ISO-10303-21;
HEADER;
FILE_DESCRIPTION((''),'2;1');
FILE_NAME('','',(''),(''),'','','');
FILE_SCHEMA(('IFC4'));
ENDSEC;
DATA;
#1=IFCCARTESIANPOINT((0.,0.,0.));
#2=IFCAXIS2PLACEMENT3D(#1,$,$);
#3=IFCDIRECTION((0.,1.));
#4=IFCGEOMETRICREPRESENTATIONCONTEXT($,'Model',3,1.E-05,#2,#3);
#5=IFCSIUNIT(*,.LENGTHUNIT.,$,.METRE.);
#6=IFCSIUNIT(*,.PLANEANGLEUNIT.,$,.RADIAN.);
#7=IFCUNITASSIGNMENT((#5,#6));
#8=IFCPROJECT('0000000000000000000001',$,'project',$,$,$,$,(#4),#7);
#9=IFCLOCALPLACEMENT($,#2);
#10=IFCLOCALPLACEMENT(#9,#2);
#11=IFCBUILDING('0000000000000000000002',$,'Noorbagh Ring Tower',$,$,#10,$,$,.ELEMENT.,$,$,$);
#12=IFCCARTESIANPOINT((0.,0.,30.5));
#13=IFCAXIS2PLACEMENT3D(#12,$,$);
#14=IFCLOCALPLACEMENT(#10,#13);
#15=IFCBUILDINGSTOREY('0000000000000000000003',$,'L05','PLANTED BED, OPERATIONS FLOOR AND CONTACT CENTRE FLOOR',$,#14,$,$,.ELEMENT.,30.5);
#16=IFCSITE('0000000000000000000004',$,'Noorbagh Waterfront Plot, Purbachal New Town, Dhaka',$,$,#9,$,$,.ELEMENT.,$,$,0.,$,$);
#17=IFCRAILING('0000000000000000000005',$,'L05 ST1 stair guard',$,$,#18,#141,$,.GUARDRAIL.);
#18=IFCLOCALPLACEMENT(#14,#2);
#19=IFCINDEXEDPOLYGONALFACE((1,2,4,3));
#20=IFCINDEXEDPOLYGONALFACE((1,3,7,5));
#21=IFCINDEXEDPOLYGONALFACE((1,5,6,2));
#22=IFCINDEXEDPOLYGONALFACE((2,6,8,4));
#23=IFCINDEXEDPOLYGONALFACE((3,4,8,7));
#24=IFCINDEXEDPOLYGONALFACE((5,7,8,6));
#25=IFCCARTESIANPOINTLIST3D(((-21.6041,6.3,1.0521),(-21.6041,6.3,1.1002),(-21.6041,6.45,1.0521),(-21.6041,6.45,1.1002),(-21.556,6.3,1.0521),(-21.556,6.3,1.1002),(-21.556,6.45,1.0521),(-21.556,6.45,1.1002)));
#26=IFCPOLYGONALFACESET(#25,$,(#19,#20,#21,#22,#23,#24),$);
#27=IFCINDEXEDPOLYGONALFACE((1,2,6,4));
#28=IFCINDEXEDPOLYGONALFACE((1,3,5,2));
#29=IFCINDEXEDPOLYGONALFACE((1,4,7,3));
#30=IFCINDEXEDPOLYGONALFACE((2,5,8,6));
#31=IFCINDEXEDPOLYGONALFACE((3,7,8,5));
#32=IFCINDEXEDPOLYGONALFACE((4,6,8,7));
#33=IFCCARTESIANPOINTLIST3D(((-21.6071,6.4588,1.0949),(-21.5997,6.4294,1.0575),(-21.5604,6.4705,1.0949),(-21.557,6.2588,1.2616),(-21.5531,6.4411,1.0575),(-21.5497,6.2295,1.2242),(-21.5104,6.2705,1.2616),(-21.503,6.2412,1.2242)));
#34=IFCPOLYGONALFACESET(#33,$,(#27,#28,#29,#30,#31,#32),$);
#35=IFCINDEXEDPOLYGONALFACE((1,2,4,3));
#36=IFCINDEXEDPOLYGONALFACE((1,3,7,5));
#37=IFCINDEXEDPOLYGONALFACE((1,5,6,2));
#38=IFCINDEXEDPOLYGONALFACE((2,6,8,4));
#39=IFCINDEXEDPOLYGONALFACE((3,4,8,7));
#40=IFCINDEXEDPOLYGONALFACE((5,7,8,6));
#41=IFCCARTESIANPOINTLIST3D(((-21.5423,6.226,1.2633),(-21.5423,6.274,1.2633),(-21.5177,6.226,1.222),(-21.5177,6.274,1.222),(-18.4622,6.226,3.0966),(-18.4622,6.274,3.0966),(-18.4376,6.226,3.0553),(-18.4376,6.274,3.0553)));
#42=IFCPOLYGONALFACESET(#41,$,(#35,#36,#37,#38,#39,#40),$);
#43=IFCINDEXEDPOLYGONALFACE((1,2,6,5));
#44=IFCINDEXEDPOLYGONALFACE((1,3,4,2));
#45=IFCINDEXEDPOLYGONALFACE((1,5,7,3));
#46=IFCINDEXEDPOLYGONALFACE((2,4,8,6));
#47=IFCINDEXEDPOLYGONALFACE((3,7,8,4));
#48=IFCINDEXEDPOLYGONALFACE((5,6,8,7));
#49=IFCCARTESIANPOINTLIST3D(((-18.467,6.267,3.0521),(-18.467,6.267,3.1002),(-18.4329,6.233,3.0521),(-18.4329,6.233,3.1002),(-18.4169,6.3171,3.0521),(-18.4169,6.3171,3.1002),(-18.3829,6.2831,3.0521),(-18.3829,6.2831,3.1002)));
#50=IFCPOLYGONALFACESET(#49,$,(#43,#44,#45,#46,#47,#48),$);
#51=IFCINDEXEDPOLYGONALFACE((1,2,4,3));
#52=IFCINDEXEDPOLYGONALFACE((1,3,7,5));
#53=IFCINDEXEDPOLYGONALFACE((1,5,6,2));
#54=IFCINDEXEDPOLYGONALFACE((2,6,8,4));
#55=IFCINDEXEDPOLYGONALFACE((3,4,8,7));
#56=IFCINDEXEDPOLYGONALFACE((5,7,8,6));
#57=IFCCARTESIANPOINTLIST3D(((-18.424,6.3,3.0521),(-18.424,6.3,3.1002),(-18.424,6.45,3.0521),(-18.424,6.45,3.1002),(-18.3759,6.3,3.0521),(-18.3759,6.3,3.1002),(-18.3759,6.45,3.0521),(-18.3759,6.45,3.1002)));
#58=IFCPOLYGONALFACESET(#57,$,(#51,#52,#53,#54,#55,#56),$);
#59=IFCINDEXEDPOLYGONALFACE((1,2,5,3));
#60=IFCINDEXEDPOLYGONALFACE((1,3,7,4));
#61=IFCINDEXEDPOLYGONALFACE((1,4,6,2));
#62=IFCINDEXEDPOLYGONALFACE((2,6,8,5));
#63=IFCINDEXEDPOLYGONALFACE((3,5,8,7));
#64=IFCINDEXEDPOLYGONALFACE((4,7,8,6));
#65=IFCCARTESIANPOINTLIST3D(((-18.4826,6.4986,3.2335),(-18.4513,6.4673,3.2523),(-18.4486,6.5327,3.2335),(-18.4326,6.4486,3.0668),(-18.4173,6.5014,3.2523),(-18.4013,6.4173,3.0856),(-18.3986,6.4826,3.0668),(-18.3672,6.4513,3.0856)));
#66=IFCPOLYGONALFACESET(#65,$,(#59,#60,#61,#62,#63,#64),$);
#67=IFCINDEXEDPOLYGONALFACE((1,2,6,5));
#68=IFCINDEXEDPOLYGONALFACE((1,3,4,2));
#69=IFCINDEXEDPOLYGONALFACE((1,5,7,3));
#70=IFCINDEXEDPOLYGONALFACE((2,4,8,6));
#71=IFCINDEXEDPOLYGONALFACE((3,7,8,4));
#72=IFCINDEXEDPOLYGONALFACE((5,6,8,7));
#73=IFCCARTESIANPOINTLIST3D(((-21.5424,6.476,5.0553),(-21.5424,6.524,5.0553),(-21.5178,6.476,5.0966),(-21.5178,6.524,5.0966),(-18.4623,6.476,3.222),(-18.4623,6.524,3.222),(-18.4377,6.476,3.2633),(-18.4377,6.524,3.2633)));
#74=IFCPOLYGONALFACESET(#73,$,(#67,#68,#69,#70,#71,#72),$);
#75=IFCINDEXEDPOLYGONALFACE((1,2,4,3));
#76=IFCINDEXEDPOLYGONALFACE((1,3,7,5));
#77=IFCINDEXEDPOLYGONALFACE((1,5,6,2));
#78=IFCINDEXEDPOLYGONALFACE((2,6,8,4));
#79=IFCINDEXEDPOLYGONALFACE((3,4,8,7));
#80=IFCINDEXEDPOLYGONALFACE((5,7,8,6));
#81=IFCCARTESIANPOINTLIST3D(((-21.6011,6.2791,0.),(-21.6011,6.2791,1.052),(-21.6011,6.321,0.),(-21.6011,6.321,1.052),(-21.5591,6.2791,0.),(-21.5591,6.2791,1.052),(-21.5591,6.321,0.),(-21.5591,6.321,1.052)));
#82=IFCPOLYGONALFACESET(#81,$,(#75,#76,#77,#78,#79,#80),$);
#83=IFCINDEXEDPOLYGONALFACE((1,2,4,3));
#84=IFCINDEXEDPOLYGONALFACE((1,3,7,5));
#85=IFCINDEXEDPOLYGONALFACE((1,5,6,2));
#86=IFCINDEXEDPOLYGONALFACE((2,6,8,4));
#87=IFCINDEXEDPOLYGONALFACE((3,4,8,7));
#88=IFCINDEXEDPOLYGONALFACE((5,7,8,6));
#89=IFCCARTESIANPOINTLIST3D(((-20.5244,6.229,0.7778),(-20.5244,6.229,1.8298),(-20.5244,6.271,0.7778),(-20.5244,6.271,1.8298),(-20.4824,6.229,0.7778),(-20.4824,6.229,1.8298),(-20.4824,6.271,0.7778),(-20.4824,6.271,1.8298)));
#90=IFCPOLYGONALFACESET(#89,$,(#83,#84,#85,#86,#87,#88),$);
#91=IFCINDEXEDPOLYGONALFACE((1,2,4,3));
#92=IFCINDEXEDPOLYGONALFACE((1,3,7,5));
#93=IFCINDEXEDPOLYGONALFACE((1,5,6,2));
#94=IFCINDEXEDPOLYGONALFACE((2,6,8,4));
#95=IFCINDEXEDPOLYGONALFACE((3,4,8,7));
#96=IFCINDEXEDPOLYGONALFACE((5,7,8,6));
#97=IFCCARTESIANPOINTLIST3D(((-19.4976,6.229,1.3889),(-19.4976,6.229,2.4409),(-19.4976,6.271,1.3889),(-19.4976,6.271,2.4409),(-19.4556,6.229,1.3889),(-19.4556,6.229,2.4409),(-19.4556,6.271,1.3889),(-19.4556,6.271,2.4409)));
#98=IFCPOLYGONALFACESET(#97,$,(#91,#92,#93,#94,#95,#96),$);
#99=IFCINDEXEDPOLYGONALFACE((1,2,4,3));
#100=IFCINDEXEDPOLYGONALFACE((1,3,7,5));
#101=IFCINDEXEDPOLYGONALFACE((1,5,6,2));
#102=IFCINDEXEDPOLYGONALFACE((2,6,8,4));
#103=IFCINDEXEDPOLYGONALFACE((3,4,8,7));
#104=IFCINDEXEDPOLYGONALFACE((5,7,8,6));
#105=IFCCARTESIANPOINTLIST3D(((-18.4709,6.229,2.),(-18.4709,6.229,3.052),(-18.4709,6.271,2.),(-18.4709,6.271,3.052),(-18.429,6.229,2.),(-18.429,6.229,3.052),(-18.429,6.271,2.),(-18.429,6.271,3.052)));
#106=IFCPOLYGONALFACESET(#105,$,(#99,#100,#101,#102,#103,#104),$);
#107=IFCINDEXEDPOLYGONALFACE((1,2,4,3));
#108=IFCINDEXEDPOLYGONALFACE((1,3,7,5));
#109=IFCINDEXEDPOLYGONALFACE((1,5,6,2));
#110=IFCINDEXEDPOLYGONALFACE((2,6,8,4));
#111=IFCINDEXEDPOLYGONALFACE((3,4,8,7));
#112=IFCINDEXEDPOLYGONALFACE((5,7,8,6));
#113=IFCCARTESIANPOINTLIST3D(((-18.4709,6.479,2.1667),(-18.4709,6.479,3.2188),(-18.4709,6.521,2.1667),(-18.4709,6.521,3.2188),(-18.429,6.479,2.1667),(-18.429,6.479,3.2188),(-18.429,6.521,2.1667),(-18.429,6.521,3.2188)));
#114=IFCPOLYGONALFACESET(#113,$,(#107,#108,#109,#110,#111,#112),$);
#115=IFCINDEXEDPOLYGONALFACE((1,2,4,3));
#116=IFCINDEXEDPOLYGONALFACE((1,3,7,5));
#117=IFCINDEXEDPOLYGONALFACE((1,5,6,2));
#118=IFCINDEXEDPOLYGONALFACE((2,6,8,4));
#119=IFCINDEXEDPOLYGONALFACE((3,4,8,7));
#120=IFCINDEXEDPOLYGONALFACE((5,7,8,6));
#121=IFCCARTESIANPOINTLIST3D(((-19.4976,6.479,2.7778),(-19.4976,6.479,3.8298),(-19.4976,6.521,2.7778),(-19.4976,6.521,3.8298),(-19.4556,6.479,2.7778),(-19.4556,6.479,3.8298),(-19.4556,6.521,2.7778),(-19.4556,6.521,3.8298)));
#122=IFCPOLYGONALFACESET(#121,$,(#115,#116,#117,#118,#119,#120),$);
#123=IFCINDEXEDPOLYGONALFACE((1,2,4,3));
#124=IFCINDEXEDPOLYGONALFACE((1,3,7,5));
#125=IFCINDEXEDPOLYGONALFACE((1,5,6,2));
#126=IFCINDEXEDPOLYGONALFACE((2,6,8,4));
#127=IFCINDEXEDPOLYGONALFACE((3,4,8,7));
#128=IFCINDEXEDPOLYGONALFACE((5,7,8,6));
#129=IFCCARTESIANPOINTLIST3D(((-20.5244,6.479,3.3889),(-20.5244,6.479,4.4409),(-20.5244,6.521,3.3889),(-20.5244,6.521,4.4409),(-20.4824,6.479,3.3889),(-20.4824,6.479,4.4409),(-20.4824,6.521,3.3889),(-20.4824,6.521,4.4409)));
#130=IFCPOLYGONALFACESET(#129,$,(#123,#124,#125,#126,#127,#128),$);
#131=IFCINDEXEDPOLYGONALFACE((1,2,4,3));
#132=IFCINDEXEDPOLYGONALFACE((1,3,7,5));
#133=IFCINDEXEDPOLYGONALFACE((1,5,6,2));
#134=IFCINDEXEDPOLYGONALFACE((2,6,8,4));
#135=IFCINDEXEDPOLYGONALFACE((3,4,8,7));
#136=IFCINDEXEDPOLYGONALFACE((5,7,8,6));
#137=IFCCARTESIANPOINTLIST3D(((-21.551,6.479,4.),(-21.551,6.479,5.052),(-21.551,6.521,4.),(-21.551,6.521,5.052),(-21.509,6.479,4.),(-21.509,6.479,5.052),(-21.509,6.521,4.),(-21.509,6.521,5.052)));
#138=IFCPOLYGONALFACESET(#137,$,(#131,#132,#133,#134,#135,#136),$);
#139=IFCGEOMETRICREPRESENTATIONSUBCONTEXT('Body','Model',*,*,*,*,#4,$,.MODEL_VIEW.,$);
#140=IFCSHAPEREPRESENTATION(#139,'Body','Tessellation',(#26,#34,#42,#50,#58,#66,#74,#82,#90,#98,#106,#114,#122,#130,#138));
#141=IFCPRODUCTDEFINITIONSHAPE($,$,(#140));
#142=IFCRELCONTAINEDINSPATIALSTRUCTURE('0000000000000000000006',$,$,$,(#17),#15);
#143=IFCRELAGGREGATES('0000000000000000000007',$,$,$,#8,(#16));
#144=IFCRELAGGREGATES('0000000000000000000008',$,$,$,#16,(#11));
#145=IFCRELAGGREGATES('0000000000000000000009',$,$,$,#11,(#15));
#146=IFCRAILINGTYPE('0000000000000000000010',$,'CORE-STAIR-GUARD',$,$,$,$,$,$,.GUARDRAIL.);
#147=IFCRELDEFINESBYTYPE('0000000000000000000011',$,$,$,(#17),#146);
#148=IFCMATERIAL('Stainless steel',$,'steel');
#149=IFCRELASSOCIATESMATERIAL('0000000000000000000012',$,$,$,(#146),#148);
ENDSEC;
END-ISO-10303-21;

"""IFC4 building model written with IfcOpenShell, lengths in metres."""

from ifc_helpers import new_model, si_unit, direction, frame, origin, origin_2d, place, context, subcontext, project, spatial, rectangle, extrude, material, type_object, element, save


model = new_model("IFC4")

# Units and contexts
model_context = context("Model", 3, precision=1e-05, world=origin(), true_north=direction((0.0, 1.0)))
body_context = subcontext(model_context, "Body", "Model", "MODEL_VIEW")
ifc_project = project(units=[si_unit("LENGTHUNIT", "METRE"), si_unit("PLANEANGLEUNIT", "RADIAN")], contexts=[model_context])

# Site, building, storey
site_placement = place(None, origin())
site = spatial("IfcSite", under=ifc_project, at=site_placement, Name="Noorbagh Waterfront Plot, Purbachal New Town, Dhaka", CompositionType="ELEMENT", RefElevation=0.0)
building_placement = place(site_placement, origin())
building = spatial("IfcBuilding", under=site, at=building_placement, Name="Noorbagh Ring Tower", CompositionType="ELEMENT")
storey_placement = place(building_placement, frame((0.0, 0.0, 30.5)))
storey = spatial("IfcBuildingStorey", under=building, at=storey_placement, Name="L05", Description="PLANTED BED, OPERATIONS FLOOR AND CONTACT CENTRE FLOOR", CompositionType="ELEMENT", Elevation=30.5)

# Railing
ifc_material_1 = material(Name="Stainless steel", Category="steel")
railing_type_1 = type_object("IfcRailingType", Name="CORE-STAIR-GUARD", PredefinedType="GUARDRAIL", material=ifc_material_1)
railing_1_placement = place(storey_placement, frame((-21.5801, 6.3, 0.0)))
element("IfcRailing", 1, at=railing_1_placement, inside=storey, type_object=railing_type_1, Name="L05 ST1 stair guard", PredefinedType="GUARDRAIL", context=body_context, shape_type="SweptSolid", body=[
    extrude(rectangle(XDim=0.0481, YDim=0.0481, at=origin_2d()), frame((0.0, 0.0, 1.0762), z_axis=(0.0, 1.0, 0.0), x_axis=(-1.0, 0.0, 0.0)), (0.0, 0.0, 1.0), 0.1499),
    extrude(rectangle(XDim=0.0481, YDim=0.0481, at=origin_2d()), frame((0.0, 0.1499, 1.0762), z_axis=(0.188776, -0.754182, 0.628946), x_axis=(0.970073, 0.242814, 0.0)), (0.0, 0.0, 1.0), 0.2651),
    extrude(rectangle(XDim=0.0481, YDim=0.0481, at=origin_2d()), frame((0.05, -0.05, 1.2427), z_axis=(0.859309, 0.0, 0.511458), x_axis=(0.0, 1.0, 0.0)), (0.0, 0.0, 1.0), 3.5845),
    extrude(rectangle(XDim=0.0481, YDim=0.0481, at=origin_2d()), frame((3.1301, -0.05, 3.0762), z_axis=(0.707107, 0.707107, 0.0), x_axis=(-0.707107, 0.707107, 0.0)), (0.0, 0.0, 1.0), 0.0708),
    extrude(rectangle(XDim=0.0481, YDim=0.0481, at=origin_2d()), frame((3.1802, 0.0, 3.0762), z_axis=(0.0, 1.0, 0.0), x_axis=(-1.0, 0.0, 0.0)), (0.0, 0.0, 1.0), 0.1499),
    extrude(rectangle(XDim=0.0481, YDim=0.0481, at=origin_2d()), frame((3.1802, 0.1499, 3.0762), z_axis=(-0.276287, 0.276287, 0.920506), x_axis=(-0.707107, -0.707107, 0.0)), (0.0, 0.0, 1.0), 0.1812),
    extrude(rectangle(XDim=0.0481, YDim=0.0481, at=origin_2d()), frame((3.1301, 0.2, 3.2427), z_axis=(-0.859309, 0.0, 0.511458), x_axis=(0.0, -1.0, 0.0)), (0.0, 0.0, 1.0), 3.5845),
    extrude(rectangle(XDim=0.042, YDim=0.042, at=origin_2d()), origin(), (0.0, 0.0, 1.0), 1.052),
    extrude(rectangle(XDim=0.042, YDim=0.042, at=origin_2d()), frame((1.0767, -0.05, 0.7778)), (0.0, 0.0, 1.0), 1.052),
    extrude(rectangle(XDim=0.042, YDim=0.042, at=origin_2d()), frame((2.1035, -0.05, 1.3889)), (0.0, 0.0, 1.0), 1.052),
    extrude(rectangle(XDim=0.042, YDim=0.042, at=origin_2d()), frame((3.1301, -0.05, 2.0)), (0.0, 0.0, 1.0), 1.052),
    extrude(rectangle(XDim=0.042, YDim=0.042, at=origin_2d()), frame((3.1301, 0.2, 2.1667)), (0.0, 0.0, 1.0), 1.052),
    extrude(rectangle(XDim=0.042, YDim=0.042, at=origin_2d()), frame((2.1035, 0.2, 2.7778)), (0.0, 0.0, 1.0), 1.052),
    extrude(rectangle(XDim=0.042, YDim=0.042, at=origin_2d()), frame((1.0767, 0.2, 3.3889)), (0.0, 0.0, 1.0), 1.052),
    extrude(rectangle(XDim=0.042, YDim=0.042, at=origin_2d()), frame((0.05, 0.2, 4.0)), (0.0, 0.0, 1.0), 1.052),
])

save(model, "model.ifc")
